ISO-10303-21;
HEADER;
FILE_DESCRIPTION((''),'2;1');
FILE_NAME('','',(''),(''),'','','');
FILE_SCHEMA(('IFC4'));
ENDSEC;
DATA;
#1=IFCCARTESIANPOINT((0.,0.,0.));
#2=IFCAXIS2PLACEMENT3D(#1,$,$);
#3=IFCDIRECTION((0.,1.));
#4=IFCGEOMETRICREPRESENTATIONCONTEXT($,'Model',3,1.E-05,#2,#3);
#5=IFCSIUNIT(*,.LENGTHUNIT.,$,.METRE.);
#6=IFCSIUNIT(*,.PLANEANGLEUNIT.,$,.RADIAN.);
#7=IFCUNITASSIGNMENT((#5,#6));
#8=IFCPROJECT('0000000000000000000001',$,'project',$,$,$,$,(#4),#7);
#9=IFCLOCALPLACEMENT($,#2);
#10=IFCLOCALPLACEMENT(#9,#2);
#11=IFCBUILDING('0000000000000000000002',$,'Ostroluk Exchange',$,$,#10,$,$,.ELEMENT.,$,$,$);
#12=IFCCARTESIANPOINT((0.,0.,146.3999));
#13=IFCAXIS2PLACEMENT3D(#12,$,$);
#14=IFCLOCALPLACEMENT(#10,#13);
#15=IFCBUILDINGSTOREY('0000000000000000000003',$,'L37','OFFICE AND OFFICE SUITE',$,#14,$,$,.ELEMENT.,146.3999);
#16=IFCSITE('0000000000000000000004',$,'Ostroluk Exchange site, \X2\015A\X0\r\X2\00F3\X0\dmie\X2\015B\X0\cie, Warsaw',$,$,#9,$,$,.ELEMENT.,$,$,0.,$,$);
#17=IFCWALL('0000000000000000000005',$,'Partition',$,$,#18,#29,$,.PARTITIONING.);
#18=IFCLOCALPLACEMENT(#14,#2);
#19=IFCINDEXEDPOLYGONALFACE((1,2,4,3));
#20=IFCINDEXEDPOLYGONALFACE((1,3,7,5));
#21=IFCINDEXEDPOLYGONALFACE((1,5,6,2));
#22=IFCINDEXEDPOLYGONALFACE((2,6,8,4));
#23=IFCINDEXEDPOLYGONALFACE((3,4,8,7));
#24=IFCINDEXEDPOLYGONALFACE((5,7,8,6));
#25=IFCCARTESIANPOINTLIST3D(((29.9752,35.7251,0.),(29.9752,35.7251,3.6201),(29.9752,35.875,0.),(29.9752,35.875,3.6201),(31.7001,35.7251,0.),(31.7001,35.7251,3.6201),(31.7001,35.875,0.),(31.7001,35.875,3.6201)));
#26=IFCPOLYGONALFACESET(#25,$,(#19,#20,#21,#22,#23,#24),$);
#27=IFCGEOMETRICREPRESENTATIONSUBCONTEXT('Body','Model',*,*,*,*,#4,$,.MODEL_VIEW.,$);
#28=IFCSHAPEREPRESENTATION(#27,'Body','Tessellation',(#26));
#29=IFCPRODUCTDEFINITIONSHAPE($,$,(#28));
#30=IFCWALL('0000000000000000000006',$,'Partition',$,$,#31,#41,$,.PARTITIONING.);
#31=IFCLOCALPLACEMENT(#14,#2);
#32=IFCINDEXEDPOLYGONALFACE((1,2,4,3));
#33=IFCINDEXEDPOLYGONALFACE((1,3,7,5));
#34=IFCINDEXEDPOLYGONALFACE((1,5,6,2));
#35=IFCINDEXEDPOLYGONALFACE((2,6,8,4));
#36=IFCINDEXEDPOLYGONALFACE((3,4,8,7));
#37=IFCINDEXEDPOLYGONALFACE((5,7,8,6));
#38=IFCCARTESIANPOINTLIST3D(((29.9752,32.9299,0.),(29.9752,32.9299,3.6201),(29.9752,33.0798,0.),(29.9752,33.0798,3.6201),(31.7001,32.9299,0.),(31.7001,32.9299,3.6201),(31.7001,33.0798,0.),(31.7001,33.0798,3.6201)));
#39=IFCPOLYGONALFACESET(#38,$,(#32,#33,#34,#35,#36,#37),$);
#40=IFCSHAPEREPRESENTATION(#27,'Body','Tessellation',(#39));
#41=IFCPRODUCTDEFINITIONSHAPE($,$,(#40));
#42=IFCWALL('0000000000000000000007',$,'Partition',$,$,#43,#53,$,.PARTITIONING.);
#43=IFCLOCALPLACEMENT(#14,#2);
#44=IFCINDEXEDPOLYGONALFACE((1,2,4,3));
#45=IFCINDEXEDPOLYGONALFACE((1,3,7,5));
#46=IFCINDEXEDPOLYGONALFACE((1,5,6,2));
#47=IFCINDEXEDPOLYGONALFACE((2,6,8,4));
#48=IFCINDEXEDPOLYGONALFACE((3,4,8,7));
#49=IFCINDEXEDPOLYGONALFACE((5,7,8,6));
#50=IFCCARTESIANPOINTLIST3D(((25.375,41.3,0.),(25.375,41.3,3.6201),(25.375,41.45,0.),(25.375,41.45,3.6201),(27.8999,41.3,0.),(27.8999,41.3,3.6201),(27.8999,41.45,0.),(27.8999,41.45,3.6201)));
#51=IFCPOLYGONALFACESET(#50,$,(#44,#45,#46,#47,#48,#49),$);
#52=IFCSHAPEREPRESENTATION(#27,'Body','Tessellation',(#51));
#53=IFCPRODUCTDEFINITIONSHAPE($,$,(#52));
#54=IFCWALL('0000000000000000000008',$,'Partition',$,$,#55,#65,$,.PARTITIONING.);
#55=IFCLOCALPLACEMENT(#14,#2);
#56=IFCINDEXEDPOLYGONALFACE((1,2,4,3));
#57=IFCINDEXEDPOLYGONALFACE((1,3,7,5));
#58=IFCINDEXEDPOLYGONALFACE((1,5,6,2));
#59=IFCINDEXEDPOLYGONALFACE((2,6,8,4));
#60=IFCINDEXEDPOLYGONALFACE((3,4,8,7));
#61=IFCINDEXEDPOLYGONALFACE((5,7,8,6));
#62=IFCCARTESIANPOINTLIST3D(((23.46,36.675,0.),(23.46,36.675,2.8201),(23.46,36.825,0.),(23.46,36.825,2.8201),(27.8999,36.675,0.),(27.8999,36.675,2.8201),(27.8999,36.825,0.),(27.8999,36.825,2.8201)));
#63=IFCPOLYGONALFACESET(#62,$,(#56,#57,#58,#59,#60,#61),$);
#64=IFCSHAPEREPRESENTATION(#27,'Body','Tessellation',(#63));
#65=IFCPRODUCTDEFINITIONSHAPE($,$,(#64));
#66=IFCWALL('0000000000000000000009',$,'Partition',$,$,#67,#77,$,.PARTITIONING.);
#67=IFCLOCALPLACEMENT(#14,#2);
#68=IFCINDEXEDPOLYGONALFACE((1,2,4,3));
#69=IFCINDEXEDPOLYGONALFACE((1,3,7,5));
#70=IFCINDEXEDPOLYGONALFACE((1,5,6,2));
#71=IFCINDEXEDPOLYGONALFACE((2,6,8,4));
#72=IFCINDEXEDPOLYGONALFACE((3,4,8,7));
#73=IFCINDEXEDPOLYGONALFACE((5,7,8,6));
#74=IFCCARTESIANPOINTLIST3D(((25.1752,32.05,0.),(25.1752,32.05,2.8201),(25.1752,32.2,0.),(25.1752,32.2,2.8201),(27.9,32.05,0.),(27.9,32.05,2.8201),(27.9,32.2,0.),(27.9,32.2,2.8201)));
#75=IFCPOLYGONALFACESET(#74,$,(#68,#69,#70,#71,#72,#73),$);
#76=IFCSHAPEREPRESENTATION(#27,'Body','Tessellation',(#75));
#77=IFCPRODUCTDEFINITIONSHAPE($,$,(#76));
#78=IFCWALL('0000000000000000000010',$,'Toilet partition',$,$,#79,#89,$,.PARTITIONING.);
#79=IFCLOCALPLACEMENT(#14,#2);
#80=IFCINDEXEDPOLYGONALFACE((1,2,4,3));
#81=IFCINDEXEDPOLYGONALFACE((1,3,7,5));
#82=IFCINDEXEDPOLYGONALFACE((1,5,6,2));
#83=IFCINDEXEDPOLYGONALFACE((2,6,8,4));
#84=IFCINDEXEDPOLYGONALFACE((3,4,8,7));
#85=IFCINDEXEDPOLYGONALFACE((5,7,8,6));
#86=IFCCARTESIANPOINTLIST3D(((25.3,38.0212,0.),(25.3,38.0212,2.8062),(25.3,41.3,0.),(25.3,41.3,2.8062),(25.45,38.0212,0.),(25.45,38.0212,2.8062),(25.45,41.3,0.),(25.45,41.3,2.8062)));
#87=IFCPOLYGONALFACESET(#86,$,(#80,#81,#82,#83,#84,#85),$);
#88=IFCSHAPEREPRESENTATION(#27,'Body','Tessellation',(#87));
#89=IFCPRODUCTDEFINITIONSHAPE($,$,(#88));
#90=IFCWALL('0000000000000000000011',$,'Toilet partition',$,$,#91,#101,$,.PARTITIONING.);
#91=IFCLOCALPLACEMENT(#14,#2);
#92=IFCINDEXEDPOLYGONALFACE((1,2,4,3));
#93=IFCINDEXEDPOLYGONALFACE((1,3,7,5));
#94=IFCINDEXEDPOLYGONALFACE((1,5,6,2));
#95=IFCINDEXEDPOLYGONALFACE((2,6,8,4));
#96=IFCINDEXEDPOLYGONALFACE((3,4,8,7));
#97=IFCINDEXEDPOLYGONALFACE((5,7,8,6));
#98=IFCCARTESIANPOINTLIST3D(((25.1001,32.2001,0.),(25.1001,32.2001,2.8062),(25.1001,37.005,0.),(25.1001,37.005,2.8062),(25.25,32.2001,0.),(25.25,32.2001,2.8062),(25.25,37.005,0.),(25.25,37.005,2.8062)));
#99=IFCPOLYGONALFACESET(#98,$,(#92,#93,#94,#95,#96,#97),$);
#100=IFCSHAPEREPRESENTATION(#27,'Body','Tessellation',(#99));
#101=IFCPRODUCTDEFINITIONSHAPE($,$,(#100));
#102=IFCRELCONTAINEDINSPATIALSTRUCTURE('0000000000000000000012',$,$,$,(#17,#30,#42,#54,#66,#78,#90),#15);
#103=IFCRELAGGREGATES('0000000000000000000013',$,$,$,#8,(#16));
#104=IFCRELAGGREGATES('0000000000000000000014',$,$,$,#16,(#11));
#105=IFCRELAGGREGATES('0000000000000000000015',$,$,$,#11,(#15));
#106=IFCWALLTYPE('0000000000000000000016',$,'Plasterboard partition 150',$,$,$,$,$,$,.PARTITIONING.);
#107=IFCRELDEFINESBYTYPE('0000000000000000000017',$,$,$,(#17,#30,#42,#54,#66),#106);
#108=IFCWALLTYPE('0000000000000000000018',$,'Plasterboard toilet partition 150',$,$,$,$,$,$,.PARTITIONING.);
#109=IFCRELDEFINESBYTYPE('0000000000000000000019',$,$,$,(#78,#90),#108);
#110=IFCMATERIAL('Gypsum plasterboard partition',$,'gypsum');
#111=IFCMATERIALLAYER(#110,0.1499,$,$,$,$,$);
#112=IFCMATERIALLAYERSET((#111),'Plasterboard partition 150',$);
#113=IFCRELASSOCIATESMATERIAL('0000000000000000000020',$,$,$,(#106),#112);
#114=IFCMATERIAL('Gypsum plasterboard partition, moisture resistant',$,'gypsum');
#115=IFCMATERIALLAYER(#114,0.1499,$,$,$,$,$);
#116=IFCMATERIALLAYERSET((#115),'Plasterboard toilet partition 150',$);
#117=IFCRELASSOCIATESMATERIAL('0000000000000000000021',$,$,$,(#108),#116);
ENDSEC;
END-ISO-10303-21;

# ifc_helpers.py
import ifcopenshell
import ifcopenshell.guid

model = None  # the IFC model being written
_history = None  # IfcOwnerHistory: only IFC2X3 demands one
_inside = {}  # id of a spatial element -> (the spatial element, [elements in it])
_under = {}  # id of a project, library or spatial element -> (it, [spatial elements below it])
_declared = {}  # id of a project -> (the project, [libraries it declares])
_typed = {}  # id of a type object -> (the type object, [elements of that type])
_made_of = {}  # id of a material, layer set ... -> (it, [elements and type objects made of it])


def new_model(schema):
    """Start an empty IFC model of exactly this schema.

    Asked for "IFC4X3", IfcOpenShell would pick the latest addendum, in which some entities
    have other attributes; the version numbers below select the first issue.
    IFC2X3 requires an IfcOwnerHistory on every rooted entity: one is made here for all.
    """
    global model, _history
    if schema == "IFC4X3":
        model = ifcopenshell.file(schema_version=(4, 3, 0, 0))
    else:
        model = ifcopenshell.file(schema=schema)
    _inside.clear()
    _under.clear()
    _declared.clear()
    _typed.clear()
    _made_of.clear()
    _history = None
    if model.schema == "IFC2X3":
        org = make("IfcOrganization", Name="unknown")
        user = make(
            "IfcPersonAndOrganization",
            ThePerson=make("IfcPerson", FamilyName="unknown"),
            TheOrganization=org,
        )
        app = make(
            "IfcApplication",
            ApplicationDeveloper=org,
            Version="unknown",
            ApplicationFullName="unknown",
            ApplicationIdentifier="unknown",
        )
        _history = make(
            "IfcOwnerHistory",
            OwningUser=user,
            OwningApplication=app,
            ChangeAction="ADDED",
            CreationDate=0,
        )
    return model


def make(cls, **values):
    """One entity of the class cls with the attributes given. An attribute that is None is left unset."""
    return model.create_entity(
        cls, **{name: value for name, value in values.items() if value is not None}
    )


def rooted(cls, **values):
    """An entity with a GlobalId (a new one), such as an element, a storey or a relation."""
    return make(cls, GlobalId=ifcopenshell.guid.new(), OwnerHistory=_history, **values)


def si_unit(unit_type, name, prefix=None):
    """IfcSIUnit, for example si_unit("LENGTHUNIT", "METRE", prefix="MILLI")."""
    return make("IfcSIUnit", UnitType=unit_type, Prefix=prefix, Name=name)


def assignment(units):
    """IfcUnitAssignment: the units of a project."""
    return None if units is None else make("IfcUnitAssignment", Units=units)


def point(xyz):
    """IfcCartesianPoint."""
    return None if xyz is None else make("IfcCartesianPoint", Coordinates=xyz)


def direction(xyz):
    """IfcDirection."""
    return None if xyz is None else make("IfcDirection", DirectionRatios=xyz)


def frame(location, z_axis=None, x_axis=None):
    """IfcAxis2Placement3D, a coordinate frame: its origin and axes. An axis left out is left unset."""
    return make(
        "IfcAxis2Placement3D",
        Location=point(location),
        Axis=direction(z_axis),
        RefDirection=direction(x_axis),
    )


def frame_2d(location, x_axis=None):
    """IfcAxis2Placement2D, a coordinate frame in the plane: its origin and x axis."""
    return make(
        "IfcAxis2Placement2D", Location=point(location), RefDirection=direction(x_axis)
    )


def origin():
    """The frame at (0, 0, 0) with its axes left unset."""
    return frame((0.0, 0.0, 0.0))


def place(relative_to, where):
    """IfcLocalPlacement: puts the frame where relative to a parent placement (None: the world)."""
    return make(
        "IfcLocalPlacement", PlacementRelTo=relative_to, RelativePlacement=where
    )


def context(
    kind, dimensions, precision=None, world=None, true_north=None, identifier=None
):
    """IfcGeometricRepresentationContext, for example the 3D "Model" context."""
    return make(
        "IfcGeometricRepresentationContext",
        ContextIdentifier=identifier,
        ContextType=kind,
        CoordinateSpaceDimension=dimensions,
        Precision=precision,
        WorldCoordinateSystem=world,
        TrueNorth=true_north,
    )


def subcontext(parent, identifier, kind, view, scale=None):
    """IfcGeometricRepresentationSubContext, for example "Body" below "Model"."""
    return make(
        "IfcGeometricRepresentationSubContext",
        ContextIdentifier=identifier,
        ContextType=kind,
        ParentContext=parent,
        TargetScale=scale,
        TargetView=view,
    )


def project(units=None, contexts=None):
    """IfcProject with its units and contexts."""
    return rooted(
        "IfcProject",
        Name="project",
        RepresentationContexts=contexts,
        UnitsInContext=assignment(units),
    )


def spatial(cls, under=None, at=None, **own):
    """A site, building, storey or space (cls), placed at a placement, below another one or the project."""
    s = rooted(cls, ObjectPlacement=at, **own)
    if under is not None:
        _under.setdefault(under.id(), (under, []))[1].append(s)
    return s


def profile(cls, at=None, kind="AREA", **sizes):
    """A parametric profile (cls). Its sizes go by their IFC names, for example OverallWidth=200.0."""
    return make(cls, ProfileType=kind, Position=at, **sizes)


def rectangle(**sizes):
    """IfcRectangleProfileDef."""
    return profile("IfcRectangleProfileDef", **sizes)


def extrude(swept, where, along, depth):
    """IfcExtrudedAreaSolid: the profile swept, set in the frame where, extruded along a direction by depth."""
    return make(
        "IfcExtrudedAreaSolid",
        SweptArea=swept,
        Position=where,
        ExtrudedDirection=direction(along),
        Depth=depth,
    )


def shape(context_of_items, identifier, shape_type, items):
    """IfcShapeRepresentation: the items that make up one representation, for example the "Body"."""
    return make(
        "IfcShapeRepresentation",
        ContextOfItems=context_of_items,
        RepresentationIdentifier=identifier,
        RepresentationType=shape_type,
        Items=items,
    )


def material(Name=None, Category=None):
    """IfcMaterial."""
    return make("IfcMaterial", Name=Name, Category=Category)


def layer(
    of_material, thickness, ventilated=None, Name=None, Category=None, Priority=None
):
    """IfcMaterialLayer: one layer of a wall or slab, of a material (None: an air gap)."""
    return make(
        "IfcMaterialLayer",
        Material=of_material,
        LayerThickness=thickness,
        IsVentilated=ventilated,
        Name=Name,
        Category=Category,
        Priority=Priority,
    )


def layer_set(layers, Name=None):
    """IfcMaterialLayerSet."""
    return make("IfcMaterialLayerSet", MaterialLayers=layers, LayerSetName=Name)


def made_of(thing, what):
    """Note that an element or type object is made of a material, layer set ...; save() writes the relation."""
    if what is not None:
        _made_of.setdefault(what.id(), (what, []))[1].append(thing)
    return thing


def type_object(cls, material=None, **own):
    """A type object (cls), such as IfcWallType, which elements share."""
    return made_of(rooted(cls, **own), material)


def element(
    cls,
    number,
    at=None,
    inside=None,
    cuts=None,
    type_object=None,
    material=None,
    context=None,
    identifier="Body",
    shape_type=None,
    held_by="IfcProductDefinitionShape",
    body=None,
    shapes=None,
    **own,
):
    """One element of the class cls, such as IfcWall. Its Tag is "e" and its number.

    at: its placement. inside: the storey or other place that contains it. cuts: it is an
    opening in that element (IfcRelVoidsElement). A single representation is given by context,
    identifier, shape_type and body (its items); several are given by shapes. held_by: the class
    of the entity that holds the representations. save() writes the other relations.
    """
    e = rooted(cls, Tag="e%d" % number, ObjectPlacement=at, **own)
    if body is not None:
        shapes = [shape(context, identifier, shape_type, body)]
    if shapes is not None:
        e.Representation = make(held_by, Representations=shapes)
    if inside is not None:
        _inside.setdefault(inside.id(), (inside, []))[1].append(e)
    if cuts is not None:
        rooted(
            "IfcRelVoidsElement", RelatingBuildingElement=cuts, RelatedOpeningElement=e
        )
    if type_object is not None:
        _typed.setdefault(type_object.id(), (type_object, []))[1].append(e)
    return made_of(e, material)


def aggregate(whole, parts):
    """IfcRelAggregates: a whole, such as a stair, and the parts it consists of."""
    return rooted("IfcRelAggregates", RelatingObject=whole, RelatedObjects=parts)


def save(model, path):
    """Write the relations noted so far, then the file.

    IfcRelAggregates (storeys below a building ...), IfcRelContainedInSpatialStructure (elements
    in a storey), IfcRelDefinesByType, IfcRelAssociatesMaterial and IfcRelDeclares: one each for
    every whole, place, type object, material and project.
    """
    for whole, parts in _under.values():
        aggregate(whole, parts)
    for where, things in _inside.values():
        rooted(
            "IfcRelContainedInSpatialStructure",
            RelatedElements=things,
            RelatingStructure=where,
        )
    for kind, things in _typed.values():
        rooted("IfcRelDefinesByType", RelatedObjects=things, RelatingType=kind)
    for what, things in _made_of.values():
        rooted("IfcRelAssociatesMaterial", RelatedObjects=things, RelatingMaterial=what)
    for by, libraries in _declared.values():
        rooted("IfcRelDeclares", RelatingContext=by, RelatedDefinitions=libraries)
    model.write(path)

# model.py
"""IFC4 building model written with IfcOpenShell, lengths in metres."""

from ifc_helpers import new_model, si_unit, direction, frame, frame_2d, origin, place, context, subcontext, project, spatial, rectangle, extrude, material, layer, layer_set, type_object, element, save


model = new_model("IFC4")

# Units and contexts
model_context = context("Model", 3, precision=1e-05, world=origin(), true_north=direction((0.0, 1.0)))
body_context = subcontext(model_context, "Body", "Model", "MODEL_VIEW")
ifc_project = project(units=[si_unit("LENGTHUNIT", "METRE"), si_unit("PLANEANGLEUNIT", "RADIAN")], contexts=[model_context])

# Site, building, storey
site_placement = place(None, origin())
site = spatial("IfcSite", under=ifc_project, at=site_placement, Name="Ostroluk Exchange site, Śródmieście, Warsaw", CompositionType="ELEMENT", RefElevation=0.0)
building_placement = place(site_placement, origin())
building = spatial("IfcBuilding", under=site, at=building_placement, Name="Ostroluk Exchange", CompositionType="ELEMENT")
storey_placement = place(building_placement, frame((0.0, 0.0, 146.3999)))
storey = spatial("IfcBuildingStorey", under=building, at=storey_placement, Name="L37", Description="OFFICE AND OFFICE SUITE", CompositionType="ELEMENT", Elevation=146.3999)

# Shared definitions
ifc_material_1 = material(Name="Gypsum plasterboard partition", Category="gypsum")
ifc_layer_1 = layer(ifc_material_1, 0.1499)
ifc_layer_set_1 = layer_set([ifc_layer_1], Name="Plasterboard partition 150")
wall_type_1 = type_object("IfcWallType", Name="Plasterboard partition 150", PredefinedType="PARTITIONING", material=ifc_layer_set_1)

# Walls
for number, where, z_axis, x_axis, name in (
    (1, (31.7, 35.8, 0.0), (0.0, 0.0, 1.0), (-1.0, 0.0, 0.0), "Partition"),
    (2, (31.7, 33.0049, 0.0), (0.0, 0.0, 1.0), (-1.0, 0.0, 0.0), "Partition"),
):
    element("IfcWall", number, at=place(storey_placement, frame(where, z_axis=z_axis, x_axis=x_axis)), inside=storey, type_object=wall_type_1, Name=name, PredefinedType="PARTITIONING", context=body_context, shape_type="SweptSolid", body=[
        extrude(rectangle(XDim=1.7249, YDim=0.1499, at=frame_2d((0.8623, 0.0))), origin(), (0.0, 0.0, 1.0), 3.6201),
    ])
wall_1_placement = place(storey_placement, frame((27.8999, 41.375, 0.0), z_axis=(0.0, 0.0, 1.0), x_axis=(-1.0, 0.0, 0.0)))
element("IfcWall", 3, at=wall_1_placement, inside=storey, type_object=wall_type_1, Name="Partition", PredefinedType="PARTITIONING", context=body_context, shape_type="SweptSolid", body=[
    extrude(rectangle(XDim=2.5249, YDim=0.1499, at=frame_2d((1.2625, 0.0))), origin(), (0.0, 0.0, 1.0), 3.6201),
])
wall_2_placement = place(storey_placement, frame((27.8999, 36.75, 0.0), z_axis=(0.0, 0.0, 1.0), x_axis=(-1.0, 0.0, 0.0)))
element("IfcWall", 4, at=wall_2_placement, inside=storey, type_object=wall_type_1, Name="Partition", PredefinedType="PARTITIONING", context=body_context, shape_type="SweptSolid", body=[
    extrude(rectangle(XDim=4.4399, YDim=0.1499, at=frame_2d((2.22, 0.0))), origin(), (0.0, 0.0, 1.0), 2.8201),
])
wall_3_placement = place(storey_placement, frame((27.8999, 32.125, 0.0), z_axis=(0.0, 0.0, 1.0), x_axis=(-1.0, 0.0, 0.0)))
element("IfcWall", 5, at=wall_3_placement, inside=storey, type_object=wall_type_1, Name="Partition", PredefinedType="PARTITIONING", context=body_context, shape_type="SweptSolid", body=[
    extrude(rectangle(XDim=2.7249, YDim=0.1499, at=frame_2d((1.3623, 0.0))), origin(), (0.0, 0.0, 1.0), 2.8201),
])
ifc_material_2 = material(Name="Gypsum plasterboard partition, moisture resistant", Category="gypsum")
ifc_layer_2 = layer(ifc_material_2, 0.1499)
ifc_layer_set_2 = layer_set([ifc_layer_2], Name="Plasterboard toilet partition 150")
wall_type_2 = type_object("IfcWallType", Name="Plasterboard toilet partition 150", PredefinedType="PARTITIONING", material=ifc_layer_set_2)
wall_4_placement = place(storey_placement, frame((25.375, 41.3, 0.0), z_axis=(0.0, 0.0, 1.0), x_axis=(0.0, -1.0, 0.0)))
element("IfcWall", 6, at=wall_4_placement, inside=storey, type_object=wall_type_2, Name="Toilet partition", PredefinedType="PARTITIONING", context=body_context, shape_type="SweptSolid", body=[
    extrude(rectangle(XDim=3.2788, YDim=0.1499, at=frame_2d((1.6394, 0.0))), origin(), (0.0, 0.0, 1.0), 2.8062),
])
wall_5_placement = place(storey_placement, frame((25.175, 37.0049, 0.0), z_axis=(0.0, 0.0, 1.0), x_axis=(0.0, -1.0, 0.0)))
element("IfcWall", 7, at=wall_5_placement, inside=storey, type_object=wall_type_2, Name="Toilet partition", PredefinedType="PARTITIONING", context=body_context, shape_type="SweptSolid", body=[
    extrude(rectangle(XDim=4.8049, YDim=0.1499, at=frame_2d((2.4023, 0.0))), origin(), (0.0, 0.0, 1.0), 2.8062),
])

save(model, "model.ifc")
